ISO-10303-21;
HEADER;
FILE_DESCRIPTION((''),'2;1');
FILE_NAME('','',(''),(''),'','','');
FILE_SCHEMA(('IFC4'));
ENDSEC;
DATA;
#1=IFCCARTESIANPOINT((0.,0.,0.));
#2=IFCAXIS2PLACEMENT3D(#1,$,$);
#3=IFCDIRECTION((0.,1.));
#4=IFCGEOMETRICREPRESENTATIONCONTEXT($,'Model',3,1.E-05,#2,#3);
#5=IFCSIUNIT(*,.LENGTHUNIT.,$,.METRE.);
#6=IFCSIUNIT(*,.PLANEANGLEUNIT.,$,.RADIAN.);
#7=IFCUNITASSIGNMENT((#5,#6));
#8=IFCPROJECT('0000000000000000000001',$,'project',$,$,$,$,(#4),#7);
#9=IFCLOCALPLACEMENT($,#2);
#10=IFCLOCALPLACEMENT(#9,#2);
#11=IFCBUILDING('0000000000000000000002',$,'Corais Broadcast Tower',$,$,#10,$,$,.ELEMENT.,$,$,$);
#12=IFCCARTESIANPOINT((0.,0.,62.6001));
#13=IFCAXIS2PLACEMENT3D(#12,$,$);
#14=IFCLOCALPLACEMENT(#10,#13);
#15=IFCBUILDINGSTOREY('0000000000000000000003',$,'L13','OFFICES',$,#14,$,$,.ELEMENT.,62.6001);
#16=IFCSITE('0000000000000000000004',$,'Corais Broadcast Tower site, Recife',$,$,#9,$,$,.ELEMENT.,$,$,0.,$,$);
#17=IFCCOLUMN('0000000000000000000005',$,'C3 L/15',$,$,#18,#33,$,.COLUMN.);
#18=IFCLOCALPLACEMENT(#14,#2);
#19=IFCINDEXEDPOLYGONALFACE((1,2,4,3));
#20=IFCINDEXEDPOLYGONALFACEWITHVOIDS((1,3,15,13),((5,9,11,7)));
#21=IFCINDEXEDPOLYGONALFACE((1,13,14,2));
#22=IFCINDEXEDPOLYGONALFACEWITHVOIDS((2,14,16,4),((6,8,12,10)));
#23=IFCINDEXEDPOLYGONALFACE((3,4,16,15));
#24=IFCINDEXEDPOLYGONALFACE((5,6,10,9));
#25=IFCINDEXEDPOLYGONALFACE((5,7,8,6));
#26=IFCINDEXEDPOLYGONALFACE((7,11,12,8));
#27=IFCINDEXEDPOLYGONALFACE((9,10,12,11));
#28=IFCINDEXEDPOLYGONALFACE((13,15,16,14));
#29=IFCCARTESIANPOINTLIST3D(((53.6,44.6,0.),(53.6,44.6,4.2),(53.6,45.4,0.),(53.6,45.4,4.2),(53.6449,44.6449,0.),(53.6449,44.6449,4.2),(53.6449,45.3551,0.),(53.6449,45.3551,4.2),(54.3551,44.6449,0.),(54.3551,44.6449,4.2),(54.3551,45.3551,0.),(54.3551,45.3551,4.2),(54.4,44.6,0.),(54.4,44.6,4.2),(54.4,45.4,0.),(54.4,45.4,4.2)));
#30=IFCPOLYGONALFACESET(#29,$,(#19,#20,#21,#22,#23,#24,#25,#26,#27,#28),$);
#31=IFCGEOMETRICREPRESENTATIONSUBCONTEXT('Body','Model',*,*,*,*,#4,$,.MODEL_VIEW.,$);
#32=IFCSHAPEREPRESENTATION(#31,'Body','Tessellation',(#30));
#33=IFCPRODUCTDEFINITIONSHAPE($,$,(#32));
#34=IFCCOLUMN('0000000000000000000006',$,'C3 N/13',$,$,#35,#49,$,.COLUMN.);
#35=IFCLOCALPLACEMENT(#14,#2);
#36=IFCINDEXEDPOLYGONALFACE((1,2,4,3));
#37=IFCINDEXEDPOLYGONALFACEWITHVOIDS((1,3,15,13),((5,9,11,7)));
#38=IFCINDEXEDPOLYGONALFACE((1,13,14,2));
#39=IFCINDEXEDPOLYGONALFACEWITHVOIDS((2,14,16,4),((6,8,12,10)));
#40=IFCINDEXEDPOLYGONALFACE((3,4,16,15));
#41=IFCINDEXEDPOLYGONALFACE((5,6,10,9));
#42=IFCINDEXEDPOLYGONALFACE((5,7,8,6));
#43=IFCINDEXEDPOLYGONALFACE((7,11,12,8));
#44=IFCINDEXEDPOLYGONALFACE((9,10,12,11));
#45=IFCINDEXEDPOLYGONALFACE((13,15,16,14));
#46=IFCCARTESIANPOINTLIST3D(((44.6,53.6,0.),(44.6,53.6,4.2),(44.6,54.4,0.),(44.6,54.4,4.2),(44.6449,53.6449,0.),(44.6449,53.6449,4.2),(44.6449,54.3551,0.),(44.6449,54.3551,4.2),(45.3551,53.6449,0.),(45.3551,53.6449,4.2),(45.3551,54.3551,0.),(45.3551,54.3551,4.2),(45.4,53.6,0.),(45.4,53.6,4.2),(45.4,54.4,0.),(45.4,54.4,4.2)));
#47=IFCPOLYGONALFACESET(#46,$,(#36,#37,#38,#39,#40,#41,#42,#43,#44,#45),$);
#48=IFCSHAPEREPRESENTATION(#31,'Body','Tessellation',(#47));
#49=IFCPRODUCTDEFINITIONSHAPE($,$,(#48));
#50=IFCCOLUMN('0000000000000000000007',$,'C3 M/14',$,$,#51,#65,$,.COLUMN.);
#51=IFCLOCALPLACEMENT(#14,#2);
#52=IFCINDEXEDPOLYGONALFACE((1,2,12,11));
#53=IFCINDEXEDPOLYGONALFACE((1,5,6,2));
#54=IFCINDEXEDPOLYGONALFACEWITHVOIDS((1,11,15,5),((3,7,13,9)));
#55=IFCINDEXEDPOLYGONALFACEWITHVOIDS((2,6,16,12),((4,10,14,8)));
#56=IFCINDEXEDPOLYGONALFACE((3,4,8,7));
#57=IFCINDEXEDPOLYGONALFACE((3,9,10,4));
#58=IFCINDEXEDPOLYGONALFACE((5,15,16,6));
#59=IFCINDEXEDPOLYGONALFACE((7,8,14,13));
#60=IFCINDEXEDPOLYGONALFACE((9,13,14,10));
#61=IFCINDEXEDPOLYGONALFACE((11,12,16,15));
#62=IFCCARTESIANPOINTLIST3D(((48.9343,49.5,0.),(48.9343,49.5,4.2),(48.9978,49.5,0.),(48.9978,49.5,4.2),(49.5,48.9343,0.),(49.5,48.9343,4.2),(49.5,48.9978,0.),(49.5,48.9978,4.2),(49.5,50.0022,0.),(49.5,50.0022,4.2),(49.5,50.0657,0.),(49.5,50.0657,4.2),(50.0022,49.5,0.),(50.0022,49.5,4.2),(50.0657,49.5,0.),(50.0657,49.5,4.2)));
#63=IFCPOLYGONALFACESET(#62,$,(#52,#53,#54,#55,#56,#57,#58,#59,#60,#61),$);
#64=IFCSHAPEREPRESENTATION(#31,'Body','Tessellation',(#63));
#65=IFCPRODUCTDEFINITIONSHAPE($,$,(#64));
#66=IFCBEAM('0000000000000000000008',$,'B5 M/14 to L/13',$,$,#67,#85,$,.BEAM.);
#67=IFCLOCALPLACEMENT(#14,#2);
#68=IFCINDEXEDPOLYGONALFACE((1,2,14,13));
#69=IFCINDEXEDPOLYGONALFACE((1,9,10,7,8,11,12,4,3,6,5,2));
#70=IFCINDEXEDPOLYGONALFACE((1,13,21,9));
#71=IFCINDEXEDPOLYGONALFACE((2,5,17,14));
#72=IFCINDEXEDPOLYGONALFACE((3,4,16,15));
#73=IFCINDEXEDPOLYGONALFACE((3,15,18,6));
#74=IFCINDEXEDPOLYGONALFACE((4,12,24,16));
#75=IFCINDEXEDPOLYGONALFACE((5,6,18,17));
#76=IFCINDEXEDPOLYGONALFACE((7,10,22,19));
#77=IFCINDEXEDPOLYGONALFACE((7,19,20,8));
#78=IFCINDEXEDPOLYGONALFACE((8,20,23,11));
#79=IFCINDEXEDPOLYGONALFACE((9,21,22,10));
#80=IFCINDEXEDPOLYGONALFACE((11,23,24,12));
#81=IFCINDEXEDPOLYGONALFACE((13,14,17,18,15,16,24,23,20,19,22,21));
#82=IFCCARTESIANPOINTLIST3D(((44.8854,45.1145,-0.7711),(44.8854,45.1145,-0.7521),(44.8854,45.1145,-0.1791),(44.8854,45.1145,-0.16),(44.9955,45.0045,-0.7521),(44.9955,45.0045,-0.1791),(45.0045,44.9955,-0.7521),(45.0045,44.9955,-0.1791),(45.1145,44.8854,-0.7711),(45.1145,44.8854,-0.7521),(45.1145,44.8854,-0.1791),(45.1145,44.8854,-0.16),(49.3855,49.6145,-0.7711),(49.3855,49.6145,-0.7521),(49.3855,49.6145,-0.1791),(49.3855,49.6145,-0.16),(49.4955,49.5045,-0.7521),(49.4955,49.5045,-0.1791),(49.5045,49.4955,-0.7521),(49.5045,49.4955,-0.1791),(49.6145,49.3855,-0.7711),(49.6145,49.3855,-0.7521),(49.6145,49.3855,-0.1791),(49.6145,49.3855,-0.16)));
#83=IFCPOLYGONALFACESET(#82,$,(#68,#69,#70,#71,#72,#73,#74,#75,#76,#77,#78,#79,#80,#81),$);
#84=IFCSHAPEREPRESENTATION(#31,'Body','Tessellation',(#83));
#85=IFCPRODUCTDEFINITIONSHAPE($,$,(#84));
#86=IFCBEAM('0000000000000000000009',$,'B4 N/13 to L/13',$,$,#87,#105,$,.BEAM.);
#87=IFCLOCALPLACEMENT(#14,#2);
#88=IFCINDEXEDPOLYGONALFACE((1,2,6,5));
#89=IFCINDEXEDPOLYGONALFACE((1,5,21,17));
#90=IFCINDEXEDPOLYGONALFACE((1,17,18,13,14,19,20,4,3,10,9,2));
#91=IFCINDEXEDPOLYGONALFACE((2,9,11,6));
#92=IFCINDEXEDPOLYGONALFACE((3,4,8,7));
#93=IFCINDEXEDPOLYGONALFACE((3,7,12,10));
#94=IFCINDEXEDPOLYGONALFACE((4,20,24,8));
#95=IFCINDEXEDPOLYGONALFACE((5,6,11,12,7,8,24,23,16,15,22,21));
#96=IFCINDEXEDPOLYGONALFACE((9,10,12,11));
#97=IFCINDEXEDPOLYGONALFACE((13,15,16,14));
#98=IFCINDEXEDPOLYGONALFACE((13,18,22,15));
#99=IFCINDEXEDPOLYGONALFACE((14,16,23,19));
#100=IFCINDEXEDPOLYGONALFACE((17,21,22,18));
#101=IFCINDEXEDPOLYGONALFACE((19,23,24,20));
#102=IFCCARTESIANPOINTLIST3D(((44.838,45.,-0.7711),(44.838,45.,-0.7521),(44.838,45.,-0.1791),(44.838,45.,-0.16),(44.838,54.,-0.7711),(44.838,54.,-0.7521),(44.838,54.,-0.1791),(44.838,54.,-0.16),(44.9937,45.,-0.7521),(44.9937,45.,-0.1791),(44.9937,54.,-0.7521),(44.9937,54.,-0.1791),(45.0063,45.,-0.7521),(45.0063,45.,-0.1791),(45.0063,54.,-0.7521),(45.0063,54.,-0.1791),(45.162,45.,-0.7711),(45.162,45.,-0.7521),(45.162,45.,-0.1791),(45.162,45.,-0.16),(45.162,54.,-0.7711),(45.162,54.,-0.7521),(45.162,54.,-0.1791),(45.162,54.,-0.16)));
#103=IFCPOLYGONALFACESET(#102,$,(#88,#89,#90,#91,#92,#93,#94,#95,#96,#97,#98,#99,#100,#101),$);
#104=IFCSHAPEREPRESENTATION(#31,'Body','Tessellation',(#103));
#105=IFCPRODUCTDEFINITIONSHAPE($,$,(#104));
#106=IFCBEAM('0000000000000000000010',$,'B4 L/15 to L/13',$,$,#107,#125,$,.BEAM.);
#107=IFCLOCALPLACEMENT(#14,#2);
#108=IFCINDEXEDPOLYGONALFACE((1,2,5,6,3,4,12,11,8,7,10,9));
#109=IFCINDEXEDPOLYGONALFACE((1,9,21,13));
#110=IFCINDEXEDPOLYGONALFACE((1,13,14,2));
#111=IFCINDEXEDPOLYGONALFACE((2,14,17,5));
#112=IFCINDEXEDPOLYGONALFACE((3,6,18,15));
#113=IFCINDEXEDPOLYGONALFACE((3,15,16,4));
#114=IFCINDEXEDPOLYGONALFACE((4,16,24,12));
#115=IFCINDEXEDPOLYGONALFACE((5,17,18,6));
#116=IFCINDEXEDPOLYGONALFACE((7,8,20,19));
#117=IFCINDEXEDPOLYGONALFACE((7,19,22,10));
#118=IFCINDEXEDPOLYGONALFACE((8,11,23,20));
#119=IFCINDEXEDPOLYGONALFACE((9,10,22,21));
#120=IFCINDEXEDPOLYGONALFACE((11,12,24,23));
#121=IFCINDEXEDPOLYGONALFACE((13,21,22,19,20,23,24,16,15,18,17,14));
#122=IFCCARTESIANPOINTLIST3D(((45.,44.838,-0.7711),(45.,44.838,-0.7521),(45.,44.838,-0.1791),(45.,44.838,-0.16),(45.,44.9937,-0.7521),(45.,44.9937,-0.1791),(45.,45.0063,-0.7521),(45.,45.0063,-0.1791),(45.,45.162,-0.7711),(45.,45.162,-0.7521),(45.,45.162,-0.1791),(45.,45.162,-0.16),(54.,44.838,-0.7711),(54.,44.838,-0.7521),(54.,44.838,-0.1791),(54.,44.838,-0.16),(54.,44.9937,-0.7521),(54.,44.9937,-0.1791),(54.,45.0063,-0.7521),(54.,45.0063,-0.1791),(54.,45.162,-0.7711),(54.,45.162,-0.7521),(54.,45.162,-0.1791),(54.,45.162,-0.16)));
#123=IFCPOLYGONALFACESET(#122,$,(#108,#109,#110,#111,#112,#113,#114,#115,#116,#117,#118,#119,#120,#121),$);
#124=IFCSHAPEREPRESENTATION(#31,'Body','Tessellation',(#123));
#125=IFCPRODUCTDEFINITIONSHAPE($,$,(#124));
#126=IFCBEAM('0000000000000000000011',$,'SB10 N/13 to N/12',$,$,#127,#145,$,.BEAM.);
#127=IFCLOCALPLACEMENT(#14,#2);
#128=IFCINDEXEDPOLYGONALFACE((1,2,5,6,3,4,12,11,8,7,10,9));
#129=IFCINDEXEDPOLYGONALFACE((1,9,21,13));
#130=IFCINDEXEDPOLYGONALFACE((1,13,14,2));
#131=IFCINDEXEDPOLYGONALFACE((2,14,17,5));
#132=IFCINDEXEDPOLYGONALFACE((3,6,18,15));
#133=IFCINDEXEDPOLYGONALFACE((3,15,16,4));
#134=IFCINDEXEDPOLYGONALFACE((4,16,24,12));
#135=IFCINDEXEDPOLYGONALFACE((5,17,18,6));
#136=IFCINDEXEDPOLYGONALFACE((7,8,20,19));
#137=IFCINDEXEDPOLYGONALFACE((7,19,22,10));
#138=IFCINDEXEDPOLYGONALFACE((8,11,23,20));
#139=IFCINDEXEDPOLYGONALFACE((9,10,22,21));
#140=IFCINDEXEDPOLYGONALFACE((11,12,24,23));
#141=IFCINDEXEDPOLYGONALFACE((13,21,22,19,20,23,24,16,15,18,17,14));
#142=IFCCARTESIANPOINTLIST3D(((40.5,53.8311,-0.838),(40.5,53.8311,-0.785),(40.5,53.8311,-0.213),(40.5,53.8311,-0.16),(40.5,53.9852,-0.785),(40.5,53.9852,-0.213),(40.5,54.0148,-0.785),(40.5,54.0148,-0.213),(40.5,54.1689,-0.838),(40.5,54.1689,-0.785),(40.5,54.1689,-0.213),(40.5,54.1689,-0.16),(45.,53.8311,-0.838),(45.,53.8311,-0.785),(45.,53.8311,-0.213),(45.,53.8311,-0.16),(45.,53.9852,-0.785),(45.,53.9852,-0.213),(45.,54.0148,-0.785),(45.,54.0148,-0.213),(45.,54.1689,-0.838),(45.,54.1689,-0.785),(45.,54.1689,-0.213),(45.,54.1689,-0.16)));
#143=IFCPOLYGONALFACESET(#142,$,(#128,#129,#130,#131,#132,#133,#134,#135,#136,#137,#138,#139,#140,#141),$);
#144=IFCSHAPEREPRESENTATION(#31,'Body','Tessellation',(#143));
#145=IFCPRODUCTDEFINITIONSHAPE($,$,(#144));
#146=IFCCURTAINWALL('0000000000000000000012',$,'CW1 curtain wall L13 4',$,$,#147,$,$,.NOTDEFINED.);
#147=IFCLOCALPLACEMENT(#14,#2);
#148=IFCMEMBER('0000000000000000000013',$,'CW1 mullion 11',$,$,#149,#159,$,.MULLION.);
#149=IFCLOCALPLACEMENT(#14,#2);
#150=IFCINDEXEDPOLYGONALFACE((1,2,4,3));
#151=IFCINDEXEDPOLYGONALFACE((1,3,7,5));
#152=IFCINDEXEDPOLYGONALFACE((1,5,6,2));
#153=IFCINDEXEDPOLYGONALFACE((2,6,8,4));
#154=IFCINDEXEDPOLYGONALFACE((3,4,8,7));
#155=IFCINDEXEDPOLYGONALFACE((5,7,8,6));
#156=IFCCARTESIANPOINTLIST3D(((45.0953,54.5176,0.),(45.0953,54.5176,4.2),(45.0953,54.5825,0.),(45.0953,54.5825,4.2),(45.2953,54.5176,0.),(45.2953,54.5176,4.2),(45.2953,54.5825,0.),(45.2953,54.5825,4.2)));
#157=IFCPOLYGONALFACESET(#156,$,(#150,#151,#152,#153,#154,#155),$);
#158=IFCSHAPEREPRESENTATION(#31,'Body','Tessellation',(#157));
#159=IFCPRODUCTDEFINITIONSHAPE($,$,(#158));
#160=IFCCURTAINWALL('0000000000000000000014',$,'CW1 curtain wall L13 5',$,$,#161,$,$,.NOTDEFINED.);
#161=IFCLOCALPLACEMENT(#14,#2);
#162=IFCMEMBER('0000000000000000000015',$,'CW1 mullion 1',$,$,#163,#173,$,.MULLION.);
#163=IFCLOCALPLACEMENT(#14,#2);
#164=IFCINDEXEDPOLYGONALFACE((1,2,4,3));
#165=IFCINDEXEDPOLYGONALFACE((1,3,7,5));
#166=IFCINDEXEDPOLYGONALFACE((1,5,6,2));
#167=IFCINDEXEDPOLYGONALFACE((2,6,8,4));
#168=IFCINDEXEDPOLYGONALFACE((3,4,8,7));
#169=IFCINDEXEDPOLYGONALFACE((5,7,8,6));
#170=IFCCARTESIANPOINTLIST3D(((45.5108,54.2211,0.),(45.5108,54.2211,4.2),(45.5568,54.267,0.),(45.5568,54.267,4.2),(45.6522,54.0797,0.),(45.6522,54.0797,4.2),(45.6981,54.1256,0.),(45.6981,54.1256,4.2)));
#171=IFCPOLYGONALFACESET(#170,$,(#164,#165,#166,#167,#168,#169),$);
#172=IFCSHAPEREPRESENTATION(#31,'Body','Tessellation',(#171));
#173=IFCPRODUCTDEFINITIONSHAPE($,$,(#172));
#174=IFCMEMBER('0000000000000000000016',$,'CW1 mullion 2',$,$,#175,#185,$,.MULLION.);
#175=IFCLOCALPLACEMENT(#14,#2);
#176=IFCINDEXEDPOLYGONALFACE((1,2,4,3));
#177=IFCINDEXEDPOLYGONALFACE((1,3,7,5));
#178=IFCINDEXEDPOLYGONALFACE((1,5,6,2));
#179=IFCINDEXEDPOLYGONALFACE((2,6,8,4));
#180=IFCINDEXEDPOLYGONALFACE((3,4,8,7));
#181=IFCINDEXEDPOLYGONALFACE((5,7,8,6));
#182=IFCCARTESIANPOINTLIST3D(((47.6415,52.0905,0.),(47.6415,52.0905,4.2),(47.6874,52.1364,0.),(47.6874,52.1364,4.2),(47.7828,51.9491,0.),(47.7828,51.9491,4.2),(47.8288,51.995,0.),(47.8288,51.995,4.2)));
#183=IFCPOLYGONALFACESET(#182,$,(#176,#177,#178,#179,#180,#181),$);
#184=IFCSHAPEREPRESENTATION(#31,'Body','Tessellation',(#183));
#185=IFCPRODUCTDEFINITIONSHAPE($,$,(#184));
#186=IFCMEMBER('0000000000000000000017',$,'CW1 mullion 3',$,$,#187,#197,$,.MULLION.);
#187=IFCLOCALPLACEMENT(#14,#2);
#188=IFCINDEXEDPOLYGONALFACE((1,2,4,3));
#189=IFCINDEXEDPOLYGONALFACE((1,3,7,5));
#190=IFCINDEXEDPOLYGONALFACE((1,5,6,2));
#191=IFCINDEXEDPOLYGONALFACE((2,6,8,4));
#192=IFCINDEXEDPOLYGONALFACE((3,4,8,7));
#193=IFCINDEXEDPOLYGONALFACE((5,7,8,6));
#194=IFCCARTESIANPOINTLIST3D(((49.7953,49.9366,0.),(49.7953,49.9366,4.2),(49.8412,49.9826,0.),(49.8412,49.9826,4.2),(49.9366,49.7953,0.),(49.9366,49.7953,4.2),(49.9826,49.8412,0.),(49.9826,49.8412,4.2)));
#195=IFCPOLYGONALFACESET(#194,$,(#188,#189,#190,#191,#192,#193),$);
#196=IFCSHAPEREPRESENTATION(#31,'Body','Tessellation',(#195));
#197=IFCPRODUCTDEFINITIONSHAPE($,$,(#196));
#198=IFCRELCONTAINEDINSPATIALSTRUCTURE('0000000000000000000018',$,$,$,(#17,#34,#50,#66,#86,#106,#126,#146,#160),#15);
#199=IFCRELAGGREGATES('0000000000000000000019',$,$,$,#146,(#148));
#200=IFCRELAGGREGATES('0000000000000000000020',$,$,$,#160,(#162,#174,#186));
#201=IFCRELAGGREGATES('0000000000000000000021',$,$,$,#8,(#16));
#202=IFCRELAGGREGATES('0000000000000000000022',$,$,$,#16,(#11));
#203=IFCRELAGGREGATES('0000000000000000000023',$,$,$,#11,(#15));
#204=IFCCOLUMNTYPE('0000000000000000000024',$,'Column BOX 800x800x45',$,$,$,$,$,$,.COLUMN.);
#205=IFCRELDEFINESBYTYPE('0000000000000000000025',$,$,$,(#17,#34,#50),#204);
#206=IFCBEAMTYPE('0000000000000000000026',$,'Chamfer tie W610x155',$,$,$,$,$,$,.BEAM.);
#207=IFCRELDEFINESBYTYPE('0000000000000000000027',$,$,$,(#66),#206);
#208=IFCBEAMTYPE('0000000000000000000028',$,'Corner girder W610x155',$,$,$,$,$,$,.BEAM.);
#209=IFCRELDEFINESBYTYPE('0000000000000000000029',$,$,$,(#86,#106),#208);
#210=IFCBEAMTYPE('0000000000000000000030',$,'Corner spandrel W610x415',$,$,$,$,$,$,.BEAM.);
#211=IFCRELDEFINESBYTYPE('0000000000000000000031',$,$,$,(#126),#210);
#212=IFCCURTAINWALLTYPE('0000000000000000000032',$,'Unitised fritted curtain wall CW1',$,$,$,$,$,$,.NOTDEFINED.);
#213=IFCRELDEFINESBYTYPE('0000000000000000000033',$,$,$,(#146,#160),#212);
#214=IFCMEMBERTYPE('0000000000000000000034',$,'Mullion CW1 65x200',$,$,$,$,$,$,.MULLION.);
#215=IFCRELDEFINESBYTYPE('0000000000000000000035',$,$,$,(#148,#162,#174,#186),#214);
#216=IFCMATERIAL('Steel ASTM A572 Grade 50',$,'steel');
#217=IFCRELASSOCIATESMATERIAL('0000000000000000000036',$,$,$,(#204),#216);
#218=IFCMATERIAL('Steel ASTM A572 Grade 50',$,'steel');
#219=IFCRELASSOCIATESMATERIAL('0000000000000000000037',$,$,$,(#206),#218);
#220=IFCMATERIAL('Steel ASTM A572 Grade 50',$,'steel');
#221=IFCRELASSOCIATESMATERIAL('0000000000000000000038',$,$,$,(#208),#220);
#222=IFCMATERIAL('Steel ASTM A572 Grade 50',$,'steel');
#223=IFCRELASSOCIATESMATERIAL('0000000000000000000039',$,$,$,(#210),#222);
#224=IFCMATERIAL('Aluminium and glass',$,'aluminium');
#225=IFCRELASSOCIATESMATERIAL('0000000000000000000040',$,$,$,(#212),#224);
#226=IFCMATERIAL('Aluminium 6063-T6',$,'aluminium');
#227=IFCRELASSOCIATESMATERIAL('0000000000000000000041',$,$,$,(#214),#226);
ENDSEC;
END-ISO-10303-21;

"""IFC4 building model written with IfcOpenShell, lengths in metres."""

from ifc_helpers import new_model, si_unit, direction, frame, origin, origin_2d, place, context, subcontext, project, spatial, rectangle, hollow_rectangle, i_section, extrude, material, material_profile, profile_set, type_object, element, aggregate, save


model = new_model("IFC4")

# Units and contexts
model_context = context("Model", 3, precision=1e-05, world=origin(), true_north=direction((0.0, 1.0)))
body_context = subcontext(model_context, "Body", "Model", "MODEL_VIEW")
ifc_project = project(units=[si_unit("LENGTHUNIT", "METRE"), si_unit("PLANEANGLEUNIT", "RADIAN")], contexts=[model_context])

# Site, building, storey
site_placement = place(None, origin())
site = spatial("IfcSite", under=ifc_project, at=site_placement, Name="Corais Broadcast Tower site, Recife", CompositionType="ELEMENT", RefElevation=0.0)
building_placement = place(site_placement, origin())
building = spatial("IfcBuilding", under=site, at=building_placement, Name="Corais Broadcast Tower", CompositionType="ELEMENT")
storey_placement = place(building_placement, frame((0.0, 0.0, 62.6001)))
storey = spatial("IfcBuildingStorey", under=building, at=storey_placement, Name="L13", Description="OFFICES", CompositionType="ELEMENT", Elevation=62.6001)

# Columns
ifc_material_1 = material(Name="Steel ASTM A572 Grade 50", Category="steel")
ifc_material_profile_1 = material_profile(ifc_material_1, hollow_rectangle(XDim=0.8, YDim=0.8, WallThickness=0.0449, at=origin_2d()), Name="BOX 800x800x45")
ifc_profile_set_1 = profile_set([ifc_material_profile_1], Name="Steel ASTM A572 Grade 50")
column_type = type_object("IfcColumnType", Name="Column BOX 800x800x45", PredefinedType="COLUMN", material=ifc_profile_set_1)
for number, where, z_axis, x_axis, name in (
    (1, (54.0, 45.0, 0.0), (0.0, 0.0, 1.0), (1.0, 0.0, 0.0), "C3 L/15"),
    (2, (45.0, 54.0, 0.0), (0.0, 0.0, 1.0), (1.0, 0.0, 0.0), "C3 N/13"),
    (3, (49.5, 49.5, 0.0), (0.0, 0.0, 1.0), (0.707107, 0.707107, 0.0), "C3 M/14"),
):
    element("IfcColumn", number, at=place(storey_placement, frame(where, z_axis=z_axis, x_axis=x_axis)), inside=storey, type_object=column_type, Name=name, PredefinedType="COLUMN", context=body_context, shape_type="SweptSolid", body=[
        extrude(hollow_rectangle(XDim=0.8, YDim=0.8, WallThickness=0.0449, at=origin_2d()), origin(), (0.0, 0.0, 1.0), 4.2),
    ])

# Beams
ifc_material_2 = material(Name="Steel ASTM A572 Grade 50", Category="steel")
ifc_material_profile_2 = material_profile(ifc_material_2, i_section(OverallWidth=0.324, OverallDepth=0.6111, WebThickness=0.0127, FlangeThickness=0.019, at=origin_2d()), Name="W610x155")
ifc_profile_set_2 = profile_set([ifc_material_profile_2], Name="Steel ASTM A572 Grade 50")
beam_type_1 = type_object("IfcBeamType", Name="Chamfer tie W610x155", PredefinedType="BEAM", material=ifc_profile_set_2)
beam_1_placement = place(storey_placement, frame((49.5, 49.5, -0.4656), z_axis=(-0.707107, -0.707107, 0.0), x_axis=(0.707107, -0.707107, 0.0)))
element("IfcBeam", 4, at=beam_1_placement, inside=storey, type_object=beam_type_1, Name="B5 M/14 to L/13", PredefinedType="BEAM", context=body_context, shape_type="SweptSolid", body=[
    extrude(i_section(OverallWidth=0.324, OverallDepth=0.6111, WebThickness=0.0127, FlangeThickness=0.019, at=origin_2d()), origin(), (0.0, 0.0, 1.0), 6.364),
])
ifc_material_3 = material(Name="Steel ASTM A572 Grade 50", Category="steel")
ifc_material_profile_3 = material_profile(ifc_material_3, i_section(OverallWidth=0.324, OverallDepth=0.6111, WebThickness=0.0127, FlangeThickness=0.019, at=origin_2d()), Name="W610x155")
ifc_profile_set_3 = profile_set([ifc_material_profile_3], Name="Steel ASTM A572 Grade 50")
beam_type_2 = type_object("IfcBeamType", Name="Corner girder W610x155", PredefinedType="BEAM", material=ifc_profile_set_3)
for number, where, z_axis, x_axis, name in (
    (5, (45.0, 54.0, -0.4656), (0.0, -1.0, 0.0), (1.0, 0.0, 0.0), "B4 N/13 to L/13"),
    (6, (54.0, 45.0, -0.4656), (-1.0, 0.0, 0.0), (0.0, -1.0, 0.0), "B4 L/15 to L/13"),
):
    element("IfcBeam", number, at=place(storey_placement, frame(where, z_axis=z_axis, x_axis=x_axis)), inside=storey, type_object=beam_type_2, Name=name, PredefinedType="BEAM", context=body_context, shape_type="SweptSolid", body=[
        extrude(i_section(OverallWidth=0.324, OverallDepth=0.6111, WebThickness=0.0127, FlangeThickness=0.019, at=origin_2d()), origin(), (0.0, 0.0, 1.0), 9.0),
    ])
ifc_material_4 = material(Name="Steel ASTM A572 Grade 50", Category="steel")
ifc_material_profile_4 = material_profile(ifc_material_4, i_section(OverallWidth=0.3379, OverallDepth=0.678, WebThickness=0.0295, FlangeThickness=0.053, at=origin_2d()), Name="W610x415")
ifc_profile_set_4 = profile_set([ifc_material_profile_4], Name="Steel ASTM A572 Grade 50")
beam_type_3 = type_object("IfcBeamType", Name="Corner spandrel W610x415", PredefinedType="BEAM", material=ifc_profile_set_4)
beam_2_placement = place(storey_placement, frame((45.0, 54.0, -0.499), z_axis=(-1.0, 0.0, 0.0), x_axis=(0.0, -1.0, 0.0)))
element("IfcBeam", 7, at=beam_2_placement, inside=storey, type_object=beam_type_3, Name="SB10 N/13 to N/12", PredefinedType="BEAM", context=body_context, shape_type="SweptSolid", body=[
    extrude(i_section(OverallWidth=0.3379, OverallDepth=0.678, WebThickness=0.0295, FlangeThickness=0.053, at=origin_2d()), origin(), (0.0, 0.0, 1.0), 4.5),
])

# Curtain wall, member
ifc_material_5 = material(Name="Aluminium and glass", Category="aluminium")
curtain_wall_type = type_object("IfcCurtainWallType", Name="Unitised fritted curtain wall CW1", PredefinedType="NOTDEFINED", material=ifc_material_5)
curtain_wall_1_placement = place(storey_placement, origin())
curtain_wall_1 = element("IfcCurtainWall", 8, at=curtain_wall_1_placement, inside=storey, type_object=curtain_wall_type, Name="CW1 curtain wall L13 4", PredefinedType="NOTDEFINED")
ifc_material_6 = material(Name="Aluminium 6063-T6", Category="aluminium")
ifc_material_profile_5 = material_profile(ifc_material_6, rectangle(XDim=0.0649, YDim=0.2, at=origin_2d()), Name="Mullion CW1 65x200")
ifc_profile_set_5 = profile_set([ifc_material_profile_5], Name="Aluminium 6063-T6")
member_type_1 = type_object("IfcMemberType", Name="Mullion CW1 65x200", PredefinedType="MULLION", material=ifc_profile_set_5)
member_1_placement = place(storey_placement, frame((45.1953, 54.55, 0.0), z_axis=(0.0, 0.0, 1.0), x_axis=(0.0, 1.0, 0.0)))
member_1 = element("IfcMember", 9, at=member_1_placement, type_object=member_type_1, Name="CW1 mullion 11", PredefinedType="MULLION", context=body_context, shape_type="SweptSolid", body=[
    extrude(rectangle(XDim=0.0649, YDim=0.2, at=origin_2d()), origin(), (0.0, 0.0, 1.0), 4.2),
])
aggregate(curtain_wall_1, [member_1])

# Curtain wall, members
curtain_wall_2_placement = place(storey_placement, origin())
curtain_wall_2 = element("IfcCurtainWall", 10, at=curtain_wall_2_placement, inside=storey, type_object=curtain_wall_type, Name="CW1 curtain wall L13 5", PredefinedType="NOTDEFINED")
member_2_placement = place(storey_placement, frame((45.6045, 54.1733, 0.0), z_axis=(0.0, 0.0, 1.0), x_axis=(0.707107, 0.707107, 0.0)))
member_2 = element("IfcMember", 11, at=member_2_placement, type_object=member_type_1, Name="CW1 mullion 1", PredefinedType="MULLION", context=body_context, shape_type="SweptSolid", body=[
    extrude(rectangle(XDim=0.0649, YDim=0.2, at=origin_2d()), origin(), (0.0, 0.0, 1.0), 4.2),
])
member_3_placement = place(storey_placement, frame((47.7351, 52.0427, 0.0), z_axis=(0.0, 0.0, 1.0), x_axis=(0.707107, 0.707107, 0.0)))
member_3 = element("IfcMember", 12, at=member_3_placement, type_object=member_type_1, Name="CW1 mullion 2", PredefinedType="MULLION", context=body_context, shape_type="SweptSolid", body=[
    extrude(rectangle(XDim=0.0649, YDim=0.2, at=origin_2d()), origin(), (0.0, 0.0, 1.0), 4.2),
])
member_4_placement = place(storey_placement, frame((49.8889, 49.8889, 0.0), z_axis=(0.0, 0.0, 1.0), x_axis=(0.707107, 0.707107, 0.0)))
member_4 = element("IfcMember", 13, at=member_4_placement, type_object=member_type_1, Name="CW1 mullion 3", PredefinedType="MULLION", context=body_context, shape_type="SweptSolid", body=[
    extrude(rectangle(XDim=0.0649, YDim=0.2, at=origin_2d()), origin(), (0.0, 0.0, 1.0), 4.2),
])

aggregate(curtain_wall_2, [member_2, member_3, member_4])

save(model, "model.ifc")
